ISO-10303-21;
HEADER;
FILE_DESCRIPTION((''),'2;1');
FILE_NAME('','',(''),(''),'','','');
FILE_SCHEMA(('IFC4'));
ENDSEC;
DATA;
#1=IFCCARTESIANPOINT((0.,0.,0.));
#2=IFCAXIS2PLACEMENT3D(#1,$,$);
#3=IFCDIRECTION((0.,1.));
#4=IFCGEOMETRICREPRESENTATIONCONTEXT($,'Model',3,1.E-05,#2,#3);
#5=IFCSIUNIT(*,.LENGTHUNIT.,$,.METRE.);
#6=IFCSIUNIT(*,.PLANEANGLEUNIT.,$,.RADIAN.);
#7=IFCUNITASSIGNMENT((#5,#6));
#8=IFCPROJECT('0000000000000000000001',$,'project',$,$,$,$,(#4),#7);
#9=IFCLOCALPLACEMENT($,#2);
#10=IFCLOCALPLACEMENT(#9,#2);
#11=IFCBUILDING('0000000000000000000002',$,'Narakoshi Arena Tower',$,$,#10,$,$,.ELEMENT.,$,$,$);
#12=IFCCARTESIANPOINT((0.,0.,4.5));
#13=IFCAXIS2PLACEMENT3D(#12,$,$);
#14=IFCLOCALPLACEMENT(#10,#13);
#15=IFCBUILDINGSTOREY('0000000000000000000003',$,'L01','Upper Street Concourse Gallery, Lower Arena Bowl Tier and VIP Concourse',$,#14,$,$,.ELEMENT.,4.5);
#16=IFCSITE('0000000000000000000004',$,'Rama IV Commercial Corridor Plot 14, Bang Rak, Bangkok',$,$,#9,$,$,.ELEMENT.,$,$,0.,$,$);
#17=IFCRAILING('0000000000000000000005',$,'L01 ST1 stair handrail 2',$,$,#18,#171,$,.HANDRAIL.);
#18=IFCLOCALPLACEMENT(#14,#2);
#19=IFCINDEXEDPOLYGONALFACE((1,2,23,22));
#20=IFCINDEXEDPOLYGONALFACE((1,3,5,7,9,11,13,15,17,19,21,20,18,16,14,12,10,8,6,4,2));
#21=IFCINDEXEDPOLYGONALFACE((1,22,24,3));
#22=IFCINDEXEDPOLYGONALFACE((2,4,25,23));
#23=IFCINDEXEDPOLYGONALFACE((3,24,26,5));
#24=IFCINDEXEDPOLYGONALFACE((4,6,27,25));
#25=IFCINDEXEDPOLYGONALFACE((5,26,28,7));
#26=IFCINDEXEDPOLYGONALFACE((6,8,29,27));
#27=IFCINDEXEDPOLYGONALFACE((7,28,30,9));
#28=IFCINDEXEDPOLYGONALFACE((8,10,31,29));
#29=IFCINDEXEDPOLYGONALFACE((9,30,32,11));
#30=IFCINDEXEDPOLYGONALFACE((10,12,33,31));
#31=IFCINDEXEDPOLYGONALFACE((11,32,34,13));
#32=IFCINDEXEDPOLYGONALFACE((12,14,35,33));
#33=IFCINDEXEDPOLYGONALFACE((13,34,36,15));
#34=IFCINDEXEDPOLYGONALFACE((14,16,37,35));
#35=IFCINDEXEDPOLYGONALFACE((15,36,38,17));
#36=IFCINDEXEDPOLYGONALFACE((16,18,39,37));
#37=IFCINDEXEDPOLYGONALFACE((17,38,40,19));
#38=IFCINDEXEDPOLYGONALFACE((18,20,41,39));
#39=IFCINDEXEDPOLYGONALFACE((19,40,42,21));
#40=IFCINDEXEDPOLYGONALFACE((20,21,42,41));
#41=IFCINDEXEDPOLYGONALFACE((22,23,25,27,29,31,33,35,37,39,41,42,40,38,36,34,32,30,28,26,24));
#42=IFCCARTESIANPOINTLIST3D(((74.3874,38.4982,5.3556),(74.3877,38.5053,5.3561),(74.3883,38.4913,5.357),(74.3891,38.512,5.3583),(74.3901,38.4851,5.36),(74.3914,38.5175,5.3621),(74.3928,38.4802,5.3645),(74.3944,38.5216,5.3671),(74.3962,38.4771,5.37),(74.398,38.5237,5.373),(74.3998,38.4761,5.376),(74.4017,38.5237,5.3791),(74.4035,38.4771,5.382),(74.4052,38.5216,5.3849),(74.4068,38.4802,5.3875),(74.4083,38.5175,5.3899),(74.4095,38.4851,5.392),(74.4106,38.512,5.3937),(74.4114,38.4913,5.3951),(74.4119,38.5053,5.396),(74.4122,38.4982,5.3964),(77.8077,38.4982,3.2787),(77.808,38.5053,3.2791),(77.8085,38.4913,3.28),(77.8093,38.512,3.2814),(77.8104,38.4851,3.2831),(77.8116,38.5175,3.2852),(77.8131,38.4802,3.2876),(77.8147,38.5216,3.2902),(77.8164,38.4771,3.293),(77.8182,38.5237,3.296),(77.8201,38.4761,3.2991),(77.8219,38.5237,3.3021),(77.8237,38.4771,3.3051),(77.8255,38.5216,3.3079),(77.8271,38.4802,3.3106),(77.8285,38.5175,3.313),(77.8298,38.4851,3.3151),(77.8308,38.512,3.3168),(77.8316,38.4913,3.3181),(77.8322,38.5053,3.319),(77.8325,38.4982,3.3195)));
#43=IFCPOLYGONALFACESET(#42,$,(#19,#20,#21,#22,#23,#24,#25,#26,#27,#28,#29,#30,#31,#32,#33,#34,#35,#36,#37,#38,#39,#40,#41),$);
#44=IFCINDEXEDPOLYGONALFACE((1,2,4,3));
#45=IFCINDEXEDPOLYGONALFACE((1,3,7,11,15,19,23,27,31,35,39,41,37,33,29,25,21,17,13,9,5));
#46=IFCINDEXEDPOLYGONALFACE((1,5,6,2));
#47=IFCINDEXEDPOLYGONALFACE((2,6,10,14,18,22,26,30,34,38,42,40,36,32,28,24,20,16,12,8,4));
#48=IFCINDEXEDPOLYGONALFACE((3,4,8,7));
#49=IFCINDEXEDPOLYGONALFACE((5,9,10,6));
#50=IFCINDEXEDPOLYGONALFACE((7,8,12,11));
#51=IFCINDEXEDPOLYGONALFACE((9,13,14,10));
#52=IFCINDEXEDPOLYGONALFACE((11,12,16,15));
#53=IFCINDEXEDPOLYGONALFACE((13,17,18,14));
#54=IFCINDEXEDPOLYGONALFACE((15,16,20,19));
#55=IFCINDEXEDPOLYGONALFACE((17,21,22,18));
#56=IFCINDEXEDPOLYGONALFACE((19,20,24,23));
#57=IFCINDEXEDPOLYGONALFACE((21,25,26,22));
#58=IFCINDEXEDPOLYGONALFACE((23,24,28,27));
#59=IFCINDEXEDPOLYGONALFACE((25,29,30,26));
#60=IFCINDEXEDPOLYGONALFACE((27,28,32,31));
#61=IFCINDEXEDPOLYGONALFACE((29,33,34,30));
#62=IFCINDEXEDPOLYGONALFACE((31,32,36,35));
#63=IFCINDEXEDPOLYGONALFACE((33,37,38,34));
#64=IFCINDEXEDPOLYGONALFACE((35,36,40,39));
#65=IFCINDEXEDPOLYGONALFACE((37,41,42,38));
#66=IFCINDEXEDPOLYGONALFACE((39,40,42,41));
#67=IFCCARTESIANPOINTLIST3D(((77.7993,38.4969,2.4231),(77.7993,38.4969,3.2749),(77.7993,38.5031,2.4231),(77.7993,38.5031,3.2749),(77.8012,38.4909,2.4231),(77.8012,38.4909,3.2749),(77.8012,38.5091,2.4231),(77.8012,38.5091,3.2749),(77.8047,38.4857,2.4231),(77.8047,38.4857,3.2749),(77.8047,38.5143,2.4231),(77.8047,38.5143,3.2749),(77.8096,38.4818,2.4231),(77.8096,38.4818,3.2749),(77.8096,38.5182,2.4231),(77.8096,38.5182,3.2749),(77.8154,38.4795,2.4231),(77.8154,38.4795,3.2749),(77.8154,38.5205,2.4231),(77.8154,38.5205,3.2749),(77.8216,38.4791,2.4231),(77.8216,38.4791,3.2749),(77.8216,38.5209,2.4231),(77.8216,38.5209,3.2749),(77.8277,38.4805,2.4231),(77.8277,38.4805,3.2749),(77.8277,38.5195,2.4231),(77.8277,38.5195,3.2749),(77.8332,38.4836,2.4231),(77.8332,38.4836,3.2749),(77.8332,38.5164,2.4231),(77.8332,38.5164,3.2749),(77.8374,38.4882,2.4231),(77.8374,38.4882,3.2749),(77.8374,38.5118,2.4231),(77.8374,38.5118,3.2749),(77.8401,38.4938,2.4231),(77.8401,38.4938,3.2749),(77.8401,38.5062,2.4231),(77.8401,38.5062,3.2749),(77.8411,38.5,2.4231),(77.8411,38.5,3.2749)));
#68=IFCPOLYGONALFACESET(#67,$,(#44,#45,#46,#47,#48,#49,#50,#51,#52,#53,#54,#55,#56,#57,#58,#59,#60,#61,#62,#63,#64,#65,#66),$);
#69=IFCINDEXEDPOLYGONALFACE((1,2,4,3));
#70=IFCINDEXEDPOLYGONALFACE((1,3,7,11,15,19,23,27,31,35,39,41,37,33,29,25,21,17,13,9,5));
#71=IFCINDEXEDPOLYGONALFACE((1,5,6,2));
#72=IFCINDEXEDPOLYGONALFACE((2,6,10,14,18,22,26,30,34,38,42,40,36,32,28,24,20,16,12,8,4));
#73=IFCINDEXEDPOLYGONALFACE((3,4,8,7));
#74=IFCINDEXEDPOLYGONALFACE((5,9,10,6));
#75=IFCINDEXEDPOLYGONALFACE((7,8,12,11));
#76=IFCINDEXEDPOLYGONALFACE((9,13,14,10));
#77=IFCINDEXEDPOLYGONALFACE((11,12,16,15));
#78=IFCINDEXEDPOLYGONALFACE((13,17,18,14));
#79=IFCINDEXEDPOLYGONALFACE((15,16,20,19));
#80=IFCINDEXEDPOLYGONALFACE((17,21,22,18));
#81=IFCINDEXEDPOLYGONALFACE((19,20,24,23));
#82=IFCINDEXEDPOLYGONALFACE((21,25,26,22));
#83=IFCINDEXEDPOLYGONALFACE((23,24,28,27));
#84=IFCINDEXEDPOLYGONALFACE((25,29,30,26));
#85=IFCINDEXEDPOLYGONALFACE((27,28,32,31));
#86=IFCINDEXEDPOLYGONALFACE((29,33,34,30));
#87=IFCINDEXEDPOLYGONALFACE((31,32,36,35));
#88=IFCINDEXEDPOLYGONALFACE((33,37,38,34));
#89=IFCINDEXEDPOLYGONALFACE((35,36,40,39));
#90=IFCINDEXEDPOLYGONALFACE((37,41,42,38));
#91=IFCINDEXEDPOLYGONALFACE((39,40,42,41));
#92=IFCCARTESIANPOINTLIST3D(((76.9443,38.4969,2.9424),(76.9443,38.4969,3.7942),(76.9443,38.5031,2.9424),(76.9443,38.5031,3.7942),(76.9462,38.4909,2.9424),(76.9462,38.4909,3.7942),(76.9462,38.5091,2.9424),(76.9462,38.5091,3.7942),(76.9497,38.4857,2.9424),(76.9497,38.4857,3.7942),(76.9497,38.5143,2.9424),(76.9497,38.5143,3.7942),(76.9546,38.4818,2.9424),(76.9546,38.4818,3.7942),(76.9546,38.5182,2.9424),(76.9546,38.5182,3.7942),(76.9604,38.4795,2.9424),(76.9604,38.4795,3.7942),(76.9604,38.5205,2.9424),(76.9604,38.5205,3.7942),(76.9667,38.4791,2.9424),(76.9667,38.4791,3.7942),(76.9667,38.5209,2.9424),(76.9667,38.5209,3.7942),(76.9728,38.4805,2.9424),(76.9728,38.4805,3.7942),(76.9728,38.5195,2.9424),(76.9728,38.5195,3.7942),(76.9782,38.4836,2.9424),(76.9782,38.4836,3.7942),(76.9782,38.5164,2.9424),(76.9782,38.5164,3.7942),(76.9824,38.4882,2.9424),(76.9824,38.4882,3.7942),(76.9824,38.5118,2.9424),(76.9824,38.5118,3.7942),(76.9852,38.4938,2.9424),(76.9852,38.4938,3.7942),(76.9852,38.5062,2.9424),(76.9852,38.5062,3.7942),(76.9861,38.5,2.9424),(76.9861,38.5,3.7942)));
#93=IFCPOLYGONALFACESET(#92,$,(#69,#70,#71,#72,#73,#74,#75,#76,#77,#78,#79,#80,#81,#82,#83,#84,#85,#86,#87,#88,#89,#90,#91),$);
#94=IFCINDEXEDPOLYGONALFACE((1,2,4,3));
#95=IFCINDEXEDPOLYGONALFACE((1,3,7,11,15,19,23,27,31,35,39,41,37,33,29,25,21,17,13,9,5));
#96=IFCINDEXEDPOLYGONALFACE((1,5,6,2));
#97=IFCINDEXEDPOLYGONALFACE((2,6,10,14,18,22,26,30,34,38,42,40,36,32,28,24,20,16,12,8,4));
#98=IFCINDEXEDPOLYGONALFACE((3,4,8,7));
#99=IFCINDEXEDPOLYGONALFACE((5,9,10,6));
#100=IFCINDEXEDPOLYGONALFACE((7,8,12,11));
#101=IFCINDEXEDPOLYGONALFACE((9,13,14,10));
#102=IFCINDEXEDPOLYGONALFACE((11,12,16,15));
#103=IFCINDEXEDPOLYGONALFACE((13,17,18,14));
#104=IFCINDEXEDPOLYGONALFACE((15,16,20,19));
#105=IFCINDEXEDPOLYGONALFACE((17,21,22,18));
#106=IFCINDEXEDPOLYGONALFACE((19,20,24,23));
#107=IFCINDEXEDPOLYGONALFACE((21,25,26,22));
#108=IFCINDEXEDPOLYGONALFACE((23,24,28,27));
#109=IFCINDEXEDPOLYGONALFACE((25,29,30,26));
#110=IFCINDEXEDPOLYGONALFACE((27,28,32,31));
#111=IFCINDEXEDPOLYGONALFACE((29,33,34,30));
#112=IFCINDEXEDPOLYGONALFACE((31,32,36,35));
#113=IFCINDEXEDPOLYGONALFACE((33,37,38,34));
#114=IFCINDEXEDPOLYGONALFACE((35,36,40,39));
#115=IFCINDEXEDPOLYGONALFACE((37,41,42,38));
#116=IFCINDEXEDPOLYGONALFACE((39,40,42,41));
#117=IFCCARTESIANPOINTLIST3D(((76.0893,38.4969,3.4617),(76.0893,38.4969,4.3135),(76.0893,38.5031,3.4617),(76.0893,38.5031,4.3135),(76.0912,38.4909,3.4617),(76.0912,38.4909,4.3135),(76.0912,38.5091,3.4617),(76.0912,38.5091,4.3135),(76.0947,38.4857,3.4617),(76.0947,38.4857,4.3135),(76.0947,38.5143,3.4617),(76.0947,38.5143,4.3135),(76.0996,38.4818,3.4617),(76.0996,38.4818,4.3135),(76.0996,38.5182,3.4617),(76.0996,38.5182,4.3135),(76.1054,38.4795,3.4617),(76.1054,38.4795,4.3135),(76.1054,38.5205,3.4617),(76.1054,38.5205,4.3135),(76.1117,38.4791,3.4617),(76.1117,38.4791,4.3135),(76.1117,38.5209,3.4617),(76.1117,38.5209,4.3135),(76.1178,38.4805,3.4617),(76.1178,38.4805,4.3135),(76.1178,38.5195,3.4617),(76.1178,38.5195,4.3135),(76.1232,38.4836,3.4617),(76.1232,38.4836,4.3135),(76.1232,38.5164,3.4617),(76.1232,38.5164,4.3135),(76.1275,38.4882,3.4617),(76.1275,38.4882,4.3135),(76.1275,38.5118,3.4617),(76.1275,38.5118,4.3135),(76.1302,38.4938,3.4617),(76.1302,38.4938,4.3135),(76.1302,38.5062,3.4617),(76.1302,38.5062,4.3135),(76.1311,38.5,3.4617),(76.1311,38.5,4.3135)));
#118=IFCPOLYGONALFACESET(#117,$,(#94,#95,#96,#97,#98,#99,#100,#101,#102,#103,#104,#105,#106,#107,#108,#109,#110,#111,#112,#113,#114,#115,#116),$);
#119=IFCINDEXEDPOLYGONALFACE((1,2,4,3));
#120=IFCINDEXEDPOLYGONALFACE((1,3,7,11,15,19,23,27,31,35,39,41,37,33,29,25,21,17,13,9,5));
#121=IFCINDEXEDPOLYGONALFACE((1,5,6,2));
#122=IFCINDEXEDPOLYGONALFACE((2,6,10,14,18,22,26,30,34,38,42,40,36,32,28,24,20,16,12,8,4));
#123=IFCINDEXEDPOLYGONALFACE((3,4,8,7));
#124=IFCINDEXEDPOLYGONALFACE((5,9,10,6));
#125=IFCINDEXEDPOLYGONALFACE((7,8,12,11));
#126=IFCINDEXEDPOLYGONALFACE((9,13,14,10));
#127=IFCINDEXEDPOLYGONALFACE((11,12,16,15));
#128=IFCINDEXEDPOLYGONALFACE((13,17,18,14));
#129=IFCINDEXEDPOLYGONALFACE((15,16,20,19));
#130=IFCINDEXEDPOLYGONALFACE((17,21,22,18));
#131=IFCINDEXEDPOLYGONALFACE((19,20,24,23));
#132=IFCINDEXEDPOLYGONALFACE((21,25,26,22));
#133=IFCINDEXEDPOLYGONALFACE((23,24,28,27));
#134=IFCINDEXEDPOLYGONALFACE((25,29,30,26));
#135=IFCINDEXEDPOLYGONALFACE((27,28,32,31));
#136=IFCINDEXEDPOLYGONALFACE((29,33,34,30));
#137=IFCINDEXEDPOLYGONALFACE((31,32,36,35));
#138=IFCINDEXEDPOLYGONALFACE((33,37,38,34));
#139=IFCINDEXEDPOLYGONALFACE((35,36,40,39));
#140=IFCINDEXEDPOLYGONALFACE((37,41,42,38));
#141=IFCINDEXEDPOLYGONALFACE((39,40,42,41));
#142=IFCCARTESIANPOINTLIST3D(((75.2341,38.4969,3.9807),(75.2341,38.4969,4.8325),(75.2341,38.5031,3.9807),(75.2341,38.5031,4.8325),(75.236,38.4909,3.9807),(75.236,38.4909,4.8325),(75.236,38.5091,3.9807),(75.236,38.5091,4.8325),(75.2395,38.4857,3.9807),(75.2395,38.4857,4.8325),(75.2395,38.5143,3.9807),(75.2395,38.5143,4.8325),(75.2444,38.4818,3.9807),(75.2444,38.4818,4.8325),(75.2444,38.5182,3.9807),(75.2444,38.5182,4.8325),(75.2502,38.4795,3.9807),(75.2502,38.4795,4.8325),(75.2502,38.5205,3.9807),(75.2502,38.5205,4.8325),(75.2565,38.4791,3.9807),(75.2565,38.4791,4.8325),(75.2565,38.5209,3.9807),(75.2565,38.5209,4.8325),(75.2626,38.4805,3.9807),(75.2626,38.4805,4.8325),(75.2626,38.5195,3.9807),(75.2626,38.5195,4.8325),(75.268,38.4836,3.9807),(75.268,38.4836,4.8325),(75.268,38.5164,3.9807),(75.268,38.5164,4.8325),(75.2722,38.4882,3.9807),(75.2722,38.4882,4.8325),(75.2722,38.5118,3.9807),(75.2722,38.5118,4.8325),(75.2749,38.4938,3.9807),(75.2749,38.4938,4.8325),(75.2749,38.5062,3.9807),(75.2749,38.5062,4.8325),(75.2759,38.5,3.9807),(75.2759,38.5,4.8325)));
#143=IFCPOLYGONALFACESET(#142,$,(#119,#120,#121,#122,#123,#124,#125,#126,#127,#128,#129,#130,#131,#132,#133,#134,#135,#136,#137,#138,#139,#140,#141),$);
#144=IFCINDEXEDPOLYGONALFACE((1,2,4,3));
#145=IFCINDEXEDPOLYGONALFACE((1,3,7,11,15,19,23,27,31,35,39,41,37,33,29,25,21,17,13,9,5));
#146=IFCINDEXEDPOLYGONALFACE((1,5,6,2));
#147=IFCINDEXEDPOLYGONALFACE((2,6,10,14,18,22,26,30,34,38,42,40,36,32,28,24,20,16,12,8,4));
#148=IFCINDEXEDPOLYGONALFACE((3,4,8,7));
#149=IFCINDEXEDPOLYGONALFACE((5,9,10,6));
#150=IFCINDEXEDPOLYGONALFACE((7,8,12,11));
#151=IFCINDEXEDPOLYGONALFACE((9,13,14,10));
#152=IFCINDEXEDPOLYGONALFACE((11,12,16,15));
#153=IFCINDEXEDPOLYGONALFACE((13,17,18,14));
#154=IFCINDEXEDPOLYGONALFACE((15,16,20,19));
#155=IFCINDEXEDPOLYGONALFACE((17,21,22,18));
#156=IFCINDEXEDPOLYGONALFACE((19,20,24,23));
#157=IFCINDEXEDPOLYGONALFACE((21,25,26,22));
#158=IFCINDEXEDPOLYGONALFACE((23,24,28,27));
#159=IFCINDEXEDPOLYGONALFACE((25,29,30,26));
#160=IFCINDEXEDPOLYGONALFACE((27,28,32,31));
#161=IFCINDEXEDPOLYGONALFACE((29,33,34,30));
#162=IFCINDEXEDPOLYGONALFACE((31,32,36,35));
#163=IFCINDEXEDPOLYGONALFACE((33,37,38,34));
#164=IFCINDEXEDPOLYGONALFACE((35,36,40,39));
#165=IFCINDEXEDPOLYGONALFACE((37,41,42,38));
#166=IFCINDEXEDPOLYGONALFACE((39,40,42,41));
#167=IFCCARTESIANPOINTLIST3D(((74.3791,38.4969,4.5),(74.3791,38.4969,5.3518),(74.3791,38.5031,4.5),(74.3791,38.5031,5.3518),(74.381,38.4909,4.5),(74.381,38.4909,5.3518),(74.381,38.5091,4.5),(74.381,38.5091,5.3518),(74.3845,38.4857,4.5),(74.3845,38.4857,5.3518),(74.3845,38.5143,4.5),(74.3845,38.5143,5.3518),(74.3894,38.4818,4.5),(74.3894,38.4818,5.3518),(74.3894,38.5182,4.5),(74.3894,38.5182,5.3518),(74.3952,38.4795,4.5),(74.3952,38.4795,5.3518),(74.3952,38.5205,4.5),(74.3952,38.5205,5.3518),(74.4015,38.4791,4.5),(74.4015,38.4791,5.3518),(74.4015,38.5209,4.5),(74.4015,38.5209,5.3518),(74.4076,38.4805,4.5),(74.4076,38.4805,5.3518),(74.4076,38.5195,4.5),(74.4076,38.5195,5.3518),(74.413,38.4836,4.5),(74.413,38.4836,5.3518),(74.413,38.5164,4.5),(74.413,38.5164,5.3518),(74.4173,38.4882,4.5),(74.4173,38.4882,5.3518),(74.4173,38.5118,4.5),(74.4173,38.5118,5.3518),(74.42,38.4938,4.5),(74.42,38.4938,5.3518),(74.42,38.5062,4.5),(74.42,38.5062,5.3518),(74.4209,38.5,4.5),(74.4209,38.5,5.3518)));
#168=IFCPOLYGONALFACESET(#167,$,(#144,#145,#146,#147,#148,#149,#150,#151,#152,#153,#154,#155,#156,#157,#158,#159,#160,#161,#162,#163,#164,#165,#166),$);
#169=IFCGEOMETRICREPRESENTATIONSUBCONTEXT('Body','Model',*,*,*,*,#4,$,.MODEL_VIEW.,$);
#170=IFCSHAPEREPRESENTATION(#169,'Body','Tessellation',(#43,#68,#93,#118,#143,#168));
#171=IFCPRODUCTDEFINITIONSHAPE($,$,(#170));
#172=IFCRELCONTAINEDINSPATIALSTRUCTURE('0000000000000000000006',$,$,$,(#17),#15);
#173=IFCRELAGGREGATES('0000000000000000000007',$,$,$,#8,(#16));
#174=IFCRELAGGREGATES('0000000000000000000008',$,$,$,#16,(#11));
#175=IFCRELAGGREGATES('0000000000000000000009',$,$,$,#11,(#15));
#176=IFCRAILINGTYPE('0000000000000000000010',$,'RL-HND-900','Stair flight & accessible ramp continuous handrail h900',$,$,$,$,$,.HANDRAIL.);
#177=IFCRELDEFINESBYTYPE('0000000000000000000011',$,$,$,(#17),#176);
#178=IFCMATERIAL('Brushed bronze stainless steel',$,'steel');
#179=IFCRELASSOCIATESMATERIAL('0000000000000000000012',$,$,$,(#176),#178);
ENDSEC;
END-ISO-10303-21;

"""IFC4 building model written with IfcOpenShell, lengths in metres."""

from ifc_helpers import new_model, si_unit, direction, frame, origin, origin_2d, place, context, subcontext, project, spatial, circle, extrude, material, type_object, element, save


model = new_model("IFC4")

# Units and contexts
model_context = context("Model", 3, precision=1e-05, world=origin(), true_north=direction((0.0, 1.0)))
body_context = subcontext(model_context, "Body", "Model", "MODEL_VIEW")
ifc_project = project(units=[si_unit("LENGTHUNIT", "METRE"), si_unit("PLANEANGLEUNIT", "RADIAN")], contexts=[model_context])

# Site, building, storey
site_placement = place(None, origin())
site = spatial("IfcSite", under=ifc_project, at=site_placement, Name="Rama IV Commercial Corridor Plot 14, Bang Rak, Bangkok", CompositionType="ELEMENT", RefElevation=0.0)
building_placement = place(site_placement, origin())
building = spatial("IfcBuilding", under=site, at=building_placement, Name="Narakoshi Arena Tower", CompositionType="ELEMENT")
storey_placement = place(building_placement, frame((0.0, 0.0, 4.5)))
storey = spatial("IfcBuildingStorey", under=building, at=storey_placement, Name="L01", Description="Upper Street Concourse Gallery, Lower Arena Bowl Tier and VIP Concourse", CompositionType="ELEMENT", Elevation=4.5)

# Shared definitions
ifc_material_1 = material(Name="Brushed bronze stainless steel", Category="steel")

# Railing
railing_type_1 = type_object("IfcRailingType", Name="RL-HND-900", Description="Stair flight & accessible ramp continuous handrail h900", PredefinedType="HANDRAIL", material=ifc_material_1)
for number, where, name in (
    (1, (77.8201, 38.5, 2.4231), "L01 ST1 stair handrail 2"),
):
    element("IfcRailing", number, at=place(storey_placement, frame(where)), inside=storey, type_object=railing_type_1, Name=name, PredefinedType="HANDRAIL", context=body_context, shape_type="SweptSolid", body=[
        extrude(circle(Radius=0.0239, at=origin_2d()), frame((0.0, 0.0, 0.876), z_axis=(-0.854746, 0.0, 0.519047), x_axis=(0.0, -1.0, 0.0)), (0.0, 0.0, 1.0), 4.0015),
        extrude(circle(Radius=0.021, at=origin_2d()), origin(), (0.0, 0.0, 1.0), 0.8518),
        extrude(circle(Radius=0.021, at=origin_2d()), frame((-0.855, 0.0, 0.5193)), (0.0, 0.0, 1.0), 0.8518),
        extrude(circle(Radius=0.021, at=origin_2d()), frame((-1.71, 0.0, 1.0386)), (0.0, 0.0, 1.0), 0.8518),
        extrude(circle(Radius=0.021, at=origin_2d()), frame((-2.5652, 0.0, 1.5576)), (0.0, 0.0, 1.0), 0.8518),
        extrude(circle(Radius=0.021, at=origin_2d()), frame((-3.4202, 0.0, 2.0769)), (0.0, 0.0, 1.0), 0.8518),
    ])

save(model, "model.ifc")
